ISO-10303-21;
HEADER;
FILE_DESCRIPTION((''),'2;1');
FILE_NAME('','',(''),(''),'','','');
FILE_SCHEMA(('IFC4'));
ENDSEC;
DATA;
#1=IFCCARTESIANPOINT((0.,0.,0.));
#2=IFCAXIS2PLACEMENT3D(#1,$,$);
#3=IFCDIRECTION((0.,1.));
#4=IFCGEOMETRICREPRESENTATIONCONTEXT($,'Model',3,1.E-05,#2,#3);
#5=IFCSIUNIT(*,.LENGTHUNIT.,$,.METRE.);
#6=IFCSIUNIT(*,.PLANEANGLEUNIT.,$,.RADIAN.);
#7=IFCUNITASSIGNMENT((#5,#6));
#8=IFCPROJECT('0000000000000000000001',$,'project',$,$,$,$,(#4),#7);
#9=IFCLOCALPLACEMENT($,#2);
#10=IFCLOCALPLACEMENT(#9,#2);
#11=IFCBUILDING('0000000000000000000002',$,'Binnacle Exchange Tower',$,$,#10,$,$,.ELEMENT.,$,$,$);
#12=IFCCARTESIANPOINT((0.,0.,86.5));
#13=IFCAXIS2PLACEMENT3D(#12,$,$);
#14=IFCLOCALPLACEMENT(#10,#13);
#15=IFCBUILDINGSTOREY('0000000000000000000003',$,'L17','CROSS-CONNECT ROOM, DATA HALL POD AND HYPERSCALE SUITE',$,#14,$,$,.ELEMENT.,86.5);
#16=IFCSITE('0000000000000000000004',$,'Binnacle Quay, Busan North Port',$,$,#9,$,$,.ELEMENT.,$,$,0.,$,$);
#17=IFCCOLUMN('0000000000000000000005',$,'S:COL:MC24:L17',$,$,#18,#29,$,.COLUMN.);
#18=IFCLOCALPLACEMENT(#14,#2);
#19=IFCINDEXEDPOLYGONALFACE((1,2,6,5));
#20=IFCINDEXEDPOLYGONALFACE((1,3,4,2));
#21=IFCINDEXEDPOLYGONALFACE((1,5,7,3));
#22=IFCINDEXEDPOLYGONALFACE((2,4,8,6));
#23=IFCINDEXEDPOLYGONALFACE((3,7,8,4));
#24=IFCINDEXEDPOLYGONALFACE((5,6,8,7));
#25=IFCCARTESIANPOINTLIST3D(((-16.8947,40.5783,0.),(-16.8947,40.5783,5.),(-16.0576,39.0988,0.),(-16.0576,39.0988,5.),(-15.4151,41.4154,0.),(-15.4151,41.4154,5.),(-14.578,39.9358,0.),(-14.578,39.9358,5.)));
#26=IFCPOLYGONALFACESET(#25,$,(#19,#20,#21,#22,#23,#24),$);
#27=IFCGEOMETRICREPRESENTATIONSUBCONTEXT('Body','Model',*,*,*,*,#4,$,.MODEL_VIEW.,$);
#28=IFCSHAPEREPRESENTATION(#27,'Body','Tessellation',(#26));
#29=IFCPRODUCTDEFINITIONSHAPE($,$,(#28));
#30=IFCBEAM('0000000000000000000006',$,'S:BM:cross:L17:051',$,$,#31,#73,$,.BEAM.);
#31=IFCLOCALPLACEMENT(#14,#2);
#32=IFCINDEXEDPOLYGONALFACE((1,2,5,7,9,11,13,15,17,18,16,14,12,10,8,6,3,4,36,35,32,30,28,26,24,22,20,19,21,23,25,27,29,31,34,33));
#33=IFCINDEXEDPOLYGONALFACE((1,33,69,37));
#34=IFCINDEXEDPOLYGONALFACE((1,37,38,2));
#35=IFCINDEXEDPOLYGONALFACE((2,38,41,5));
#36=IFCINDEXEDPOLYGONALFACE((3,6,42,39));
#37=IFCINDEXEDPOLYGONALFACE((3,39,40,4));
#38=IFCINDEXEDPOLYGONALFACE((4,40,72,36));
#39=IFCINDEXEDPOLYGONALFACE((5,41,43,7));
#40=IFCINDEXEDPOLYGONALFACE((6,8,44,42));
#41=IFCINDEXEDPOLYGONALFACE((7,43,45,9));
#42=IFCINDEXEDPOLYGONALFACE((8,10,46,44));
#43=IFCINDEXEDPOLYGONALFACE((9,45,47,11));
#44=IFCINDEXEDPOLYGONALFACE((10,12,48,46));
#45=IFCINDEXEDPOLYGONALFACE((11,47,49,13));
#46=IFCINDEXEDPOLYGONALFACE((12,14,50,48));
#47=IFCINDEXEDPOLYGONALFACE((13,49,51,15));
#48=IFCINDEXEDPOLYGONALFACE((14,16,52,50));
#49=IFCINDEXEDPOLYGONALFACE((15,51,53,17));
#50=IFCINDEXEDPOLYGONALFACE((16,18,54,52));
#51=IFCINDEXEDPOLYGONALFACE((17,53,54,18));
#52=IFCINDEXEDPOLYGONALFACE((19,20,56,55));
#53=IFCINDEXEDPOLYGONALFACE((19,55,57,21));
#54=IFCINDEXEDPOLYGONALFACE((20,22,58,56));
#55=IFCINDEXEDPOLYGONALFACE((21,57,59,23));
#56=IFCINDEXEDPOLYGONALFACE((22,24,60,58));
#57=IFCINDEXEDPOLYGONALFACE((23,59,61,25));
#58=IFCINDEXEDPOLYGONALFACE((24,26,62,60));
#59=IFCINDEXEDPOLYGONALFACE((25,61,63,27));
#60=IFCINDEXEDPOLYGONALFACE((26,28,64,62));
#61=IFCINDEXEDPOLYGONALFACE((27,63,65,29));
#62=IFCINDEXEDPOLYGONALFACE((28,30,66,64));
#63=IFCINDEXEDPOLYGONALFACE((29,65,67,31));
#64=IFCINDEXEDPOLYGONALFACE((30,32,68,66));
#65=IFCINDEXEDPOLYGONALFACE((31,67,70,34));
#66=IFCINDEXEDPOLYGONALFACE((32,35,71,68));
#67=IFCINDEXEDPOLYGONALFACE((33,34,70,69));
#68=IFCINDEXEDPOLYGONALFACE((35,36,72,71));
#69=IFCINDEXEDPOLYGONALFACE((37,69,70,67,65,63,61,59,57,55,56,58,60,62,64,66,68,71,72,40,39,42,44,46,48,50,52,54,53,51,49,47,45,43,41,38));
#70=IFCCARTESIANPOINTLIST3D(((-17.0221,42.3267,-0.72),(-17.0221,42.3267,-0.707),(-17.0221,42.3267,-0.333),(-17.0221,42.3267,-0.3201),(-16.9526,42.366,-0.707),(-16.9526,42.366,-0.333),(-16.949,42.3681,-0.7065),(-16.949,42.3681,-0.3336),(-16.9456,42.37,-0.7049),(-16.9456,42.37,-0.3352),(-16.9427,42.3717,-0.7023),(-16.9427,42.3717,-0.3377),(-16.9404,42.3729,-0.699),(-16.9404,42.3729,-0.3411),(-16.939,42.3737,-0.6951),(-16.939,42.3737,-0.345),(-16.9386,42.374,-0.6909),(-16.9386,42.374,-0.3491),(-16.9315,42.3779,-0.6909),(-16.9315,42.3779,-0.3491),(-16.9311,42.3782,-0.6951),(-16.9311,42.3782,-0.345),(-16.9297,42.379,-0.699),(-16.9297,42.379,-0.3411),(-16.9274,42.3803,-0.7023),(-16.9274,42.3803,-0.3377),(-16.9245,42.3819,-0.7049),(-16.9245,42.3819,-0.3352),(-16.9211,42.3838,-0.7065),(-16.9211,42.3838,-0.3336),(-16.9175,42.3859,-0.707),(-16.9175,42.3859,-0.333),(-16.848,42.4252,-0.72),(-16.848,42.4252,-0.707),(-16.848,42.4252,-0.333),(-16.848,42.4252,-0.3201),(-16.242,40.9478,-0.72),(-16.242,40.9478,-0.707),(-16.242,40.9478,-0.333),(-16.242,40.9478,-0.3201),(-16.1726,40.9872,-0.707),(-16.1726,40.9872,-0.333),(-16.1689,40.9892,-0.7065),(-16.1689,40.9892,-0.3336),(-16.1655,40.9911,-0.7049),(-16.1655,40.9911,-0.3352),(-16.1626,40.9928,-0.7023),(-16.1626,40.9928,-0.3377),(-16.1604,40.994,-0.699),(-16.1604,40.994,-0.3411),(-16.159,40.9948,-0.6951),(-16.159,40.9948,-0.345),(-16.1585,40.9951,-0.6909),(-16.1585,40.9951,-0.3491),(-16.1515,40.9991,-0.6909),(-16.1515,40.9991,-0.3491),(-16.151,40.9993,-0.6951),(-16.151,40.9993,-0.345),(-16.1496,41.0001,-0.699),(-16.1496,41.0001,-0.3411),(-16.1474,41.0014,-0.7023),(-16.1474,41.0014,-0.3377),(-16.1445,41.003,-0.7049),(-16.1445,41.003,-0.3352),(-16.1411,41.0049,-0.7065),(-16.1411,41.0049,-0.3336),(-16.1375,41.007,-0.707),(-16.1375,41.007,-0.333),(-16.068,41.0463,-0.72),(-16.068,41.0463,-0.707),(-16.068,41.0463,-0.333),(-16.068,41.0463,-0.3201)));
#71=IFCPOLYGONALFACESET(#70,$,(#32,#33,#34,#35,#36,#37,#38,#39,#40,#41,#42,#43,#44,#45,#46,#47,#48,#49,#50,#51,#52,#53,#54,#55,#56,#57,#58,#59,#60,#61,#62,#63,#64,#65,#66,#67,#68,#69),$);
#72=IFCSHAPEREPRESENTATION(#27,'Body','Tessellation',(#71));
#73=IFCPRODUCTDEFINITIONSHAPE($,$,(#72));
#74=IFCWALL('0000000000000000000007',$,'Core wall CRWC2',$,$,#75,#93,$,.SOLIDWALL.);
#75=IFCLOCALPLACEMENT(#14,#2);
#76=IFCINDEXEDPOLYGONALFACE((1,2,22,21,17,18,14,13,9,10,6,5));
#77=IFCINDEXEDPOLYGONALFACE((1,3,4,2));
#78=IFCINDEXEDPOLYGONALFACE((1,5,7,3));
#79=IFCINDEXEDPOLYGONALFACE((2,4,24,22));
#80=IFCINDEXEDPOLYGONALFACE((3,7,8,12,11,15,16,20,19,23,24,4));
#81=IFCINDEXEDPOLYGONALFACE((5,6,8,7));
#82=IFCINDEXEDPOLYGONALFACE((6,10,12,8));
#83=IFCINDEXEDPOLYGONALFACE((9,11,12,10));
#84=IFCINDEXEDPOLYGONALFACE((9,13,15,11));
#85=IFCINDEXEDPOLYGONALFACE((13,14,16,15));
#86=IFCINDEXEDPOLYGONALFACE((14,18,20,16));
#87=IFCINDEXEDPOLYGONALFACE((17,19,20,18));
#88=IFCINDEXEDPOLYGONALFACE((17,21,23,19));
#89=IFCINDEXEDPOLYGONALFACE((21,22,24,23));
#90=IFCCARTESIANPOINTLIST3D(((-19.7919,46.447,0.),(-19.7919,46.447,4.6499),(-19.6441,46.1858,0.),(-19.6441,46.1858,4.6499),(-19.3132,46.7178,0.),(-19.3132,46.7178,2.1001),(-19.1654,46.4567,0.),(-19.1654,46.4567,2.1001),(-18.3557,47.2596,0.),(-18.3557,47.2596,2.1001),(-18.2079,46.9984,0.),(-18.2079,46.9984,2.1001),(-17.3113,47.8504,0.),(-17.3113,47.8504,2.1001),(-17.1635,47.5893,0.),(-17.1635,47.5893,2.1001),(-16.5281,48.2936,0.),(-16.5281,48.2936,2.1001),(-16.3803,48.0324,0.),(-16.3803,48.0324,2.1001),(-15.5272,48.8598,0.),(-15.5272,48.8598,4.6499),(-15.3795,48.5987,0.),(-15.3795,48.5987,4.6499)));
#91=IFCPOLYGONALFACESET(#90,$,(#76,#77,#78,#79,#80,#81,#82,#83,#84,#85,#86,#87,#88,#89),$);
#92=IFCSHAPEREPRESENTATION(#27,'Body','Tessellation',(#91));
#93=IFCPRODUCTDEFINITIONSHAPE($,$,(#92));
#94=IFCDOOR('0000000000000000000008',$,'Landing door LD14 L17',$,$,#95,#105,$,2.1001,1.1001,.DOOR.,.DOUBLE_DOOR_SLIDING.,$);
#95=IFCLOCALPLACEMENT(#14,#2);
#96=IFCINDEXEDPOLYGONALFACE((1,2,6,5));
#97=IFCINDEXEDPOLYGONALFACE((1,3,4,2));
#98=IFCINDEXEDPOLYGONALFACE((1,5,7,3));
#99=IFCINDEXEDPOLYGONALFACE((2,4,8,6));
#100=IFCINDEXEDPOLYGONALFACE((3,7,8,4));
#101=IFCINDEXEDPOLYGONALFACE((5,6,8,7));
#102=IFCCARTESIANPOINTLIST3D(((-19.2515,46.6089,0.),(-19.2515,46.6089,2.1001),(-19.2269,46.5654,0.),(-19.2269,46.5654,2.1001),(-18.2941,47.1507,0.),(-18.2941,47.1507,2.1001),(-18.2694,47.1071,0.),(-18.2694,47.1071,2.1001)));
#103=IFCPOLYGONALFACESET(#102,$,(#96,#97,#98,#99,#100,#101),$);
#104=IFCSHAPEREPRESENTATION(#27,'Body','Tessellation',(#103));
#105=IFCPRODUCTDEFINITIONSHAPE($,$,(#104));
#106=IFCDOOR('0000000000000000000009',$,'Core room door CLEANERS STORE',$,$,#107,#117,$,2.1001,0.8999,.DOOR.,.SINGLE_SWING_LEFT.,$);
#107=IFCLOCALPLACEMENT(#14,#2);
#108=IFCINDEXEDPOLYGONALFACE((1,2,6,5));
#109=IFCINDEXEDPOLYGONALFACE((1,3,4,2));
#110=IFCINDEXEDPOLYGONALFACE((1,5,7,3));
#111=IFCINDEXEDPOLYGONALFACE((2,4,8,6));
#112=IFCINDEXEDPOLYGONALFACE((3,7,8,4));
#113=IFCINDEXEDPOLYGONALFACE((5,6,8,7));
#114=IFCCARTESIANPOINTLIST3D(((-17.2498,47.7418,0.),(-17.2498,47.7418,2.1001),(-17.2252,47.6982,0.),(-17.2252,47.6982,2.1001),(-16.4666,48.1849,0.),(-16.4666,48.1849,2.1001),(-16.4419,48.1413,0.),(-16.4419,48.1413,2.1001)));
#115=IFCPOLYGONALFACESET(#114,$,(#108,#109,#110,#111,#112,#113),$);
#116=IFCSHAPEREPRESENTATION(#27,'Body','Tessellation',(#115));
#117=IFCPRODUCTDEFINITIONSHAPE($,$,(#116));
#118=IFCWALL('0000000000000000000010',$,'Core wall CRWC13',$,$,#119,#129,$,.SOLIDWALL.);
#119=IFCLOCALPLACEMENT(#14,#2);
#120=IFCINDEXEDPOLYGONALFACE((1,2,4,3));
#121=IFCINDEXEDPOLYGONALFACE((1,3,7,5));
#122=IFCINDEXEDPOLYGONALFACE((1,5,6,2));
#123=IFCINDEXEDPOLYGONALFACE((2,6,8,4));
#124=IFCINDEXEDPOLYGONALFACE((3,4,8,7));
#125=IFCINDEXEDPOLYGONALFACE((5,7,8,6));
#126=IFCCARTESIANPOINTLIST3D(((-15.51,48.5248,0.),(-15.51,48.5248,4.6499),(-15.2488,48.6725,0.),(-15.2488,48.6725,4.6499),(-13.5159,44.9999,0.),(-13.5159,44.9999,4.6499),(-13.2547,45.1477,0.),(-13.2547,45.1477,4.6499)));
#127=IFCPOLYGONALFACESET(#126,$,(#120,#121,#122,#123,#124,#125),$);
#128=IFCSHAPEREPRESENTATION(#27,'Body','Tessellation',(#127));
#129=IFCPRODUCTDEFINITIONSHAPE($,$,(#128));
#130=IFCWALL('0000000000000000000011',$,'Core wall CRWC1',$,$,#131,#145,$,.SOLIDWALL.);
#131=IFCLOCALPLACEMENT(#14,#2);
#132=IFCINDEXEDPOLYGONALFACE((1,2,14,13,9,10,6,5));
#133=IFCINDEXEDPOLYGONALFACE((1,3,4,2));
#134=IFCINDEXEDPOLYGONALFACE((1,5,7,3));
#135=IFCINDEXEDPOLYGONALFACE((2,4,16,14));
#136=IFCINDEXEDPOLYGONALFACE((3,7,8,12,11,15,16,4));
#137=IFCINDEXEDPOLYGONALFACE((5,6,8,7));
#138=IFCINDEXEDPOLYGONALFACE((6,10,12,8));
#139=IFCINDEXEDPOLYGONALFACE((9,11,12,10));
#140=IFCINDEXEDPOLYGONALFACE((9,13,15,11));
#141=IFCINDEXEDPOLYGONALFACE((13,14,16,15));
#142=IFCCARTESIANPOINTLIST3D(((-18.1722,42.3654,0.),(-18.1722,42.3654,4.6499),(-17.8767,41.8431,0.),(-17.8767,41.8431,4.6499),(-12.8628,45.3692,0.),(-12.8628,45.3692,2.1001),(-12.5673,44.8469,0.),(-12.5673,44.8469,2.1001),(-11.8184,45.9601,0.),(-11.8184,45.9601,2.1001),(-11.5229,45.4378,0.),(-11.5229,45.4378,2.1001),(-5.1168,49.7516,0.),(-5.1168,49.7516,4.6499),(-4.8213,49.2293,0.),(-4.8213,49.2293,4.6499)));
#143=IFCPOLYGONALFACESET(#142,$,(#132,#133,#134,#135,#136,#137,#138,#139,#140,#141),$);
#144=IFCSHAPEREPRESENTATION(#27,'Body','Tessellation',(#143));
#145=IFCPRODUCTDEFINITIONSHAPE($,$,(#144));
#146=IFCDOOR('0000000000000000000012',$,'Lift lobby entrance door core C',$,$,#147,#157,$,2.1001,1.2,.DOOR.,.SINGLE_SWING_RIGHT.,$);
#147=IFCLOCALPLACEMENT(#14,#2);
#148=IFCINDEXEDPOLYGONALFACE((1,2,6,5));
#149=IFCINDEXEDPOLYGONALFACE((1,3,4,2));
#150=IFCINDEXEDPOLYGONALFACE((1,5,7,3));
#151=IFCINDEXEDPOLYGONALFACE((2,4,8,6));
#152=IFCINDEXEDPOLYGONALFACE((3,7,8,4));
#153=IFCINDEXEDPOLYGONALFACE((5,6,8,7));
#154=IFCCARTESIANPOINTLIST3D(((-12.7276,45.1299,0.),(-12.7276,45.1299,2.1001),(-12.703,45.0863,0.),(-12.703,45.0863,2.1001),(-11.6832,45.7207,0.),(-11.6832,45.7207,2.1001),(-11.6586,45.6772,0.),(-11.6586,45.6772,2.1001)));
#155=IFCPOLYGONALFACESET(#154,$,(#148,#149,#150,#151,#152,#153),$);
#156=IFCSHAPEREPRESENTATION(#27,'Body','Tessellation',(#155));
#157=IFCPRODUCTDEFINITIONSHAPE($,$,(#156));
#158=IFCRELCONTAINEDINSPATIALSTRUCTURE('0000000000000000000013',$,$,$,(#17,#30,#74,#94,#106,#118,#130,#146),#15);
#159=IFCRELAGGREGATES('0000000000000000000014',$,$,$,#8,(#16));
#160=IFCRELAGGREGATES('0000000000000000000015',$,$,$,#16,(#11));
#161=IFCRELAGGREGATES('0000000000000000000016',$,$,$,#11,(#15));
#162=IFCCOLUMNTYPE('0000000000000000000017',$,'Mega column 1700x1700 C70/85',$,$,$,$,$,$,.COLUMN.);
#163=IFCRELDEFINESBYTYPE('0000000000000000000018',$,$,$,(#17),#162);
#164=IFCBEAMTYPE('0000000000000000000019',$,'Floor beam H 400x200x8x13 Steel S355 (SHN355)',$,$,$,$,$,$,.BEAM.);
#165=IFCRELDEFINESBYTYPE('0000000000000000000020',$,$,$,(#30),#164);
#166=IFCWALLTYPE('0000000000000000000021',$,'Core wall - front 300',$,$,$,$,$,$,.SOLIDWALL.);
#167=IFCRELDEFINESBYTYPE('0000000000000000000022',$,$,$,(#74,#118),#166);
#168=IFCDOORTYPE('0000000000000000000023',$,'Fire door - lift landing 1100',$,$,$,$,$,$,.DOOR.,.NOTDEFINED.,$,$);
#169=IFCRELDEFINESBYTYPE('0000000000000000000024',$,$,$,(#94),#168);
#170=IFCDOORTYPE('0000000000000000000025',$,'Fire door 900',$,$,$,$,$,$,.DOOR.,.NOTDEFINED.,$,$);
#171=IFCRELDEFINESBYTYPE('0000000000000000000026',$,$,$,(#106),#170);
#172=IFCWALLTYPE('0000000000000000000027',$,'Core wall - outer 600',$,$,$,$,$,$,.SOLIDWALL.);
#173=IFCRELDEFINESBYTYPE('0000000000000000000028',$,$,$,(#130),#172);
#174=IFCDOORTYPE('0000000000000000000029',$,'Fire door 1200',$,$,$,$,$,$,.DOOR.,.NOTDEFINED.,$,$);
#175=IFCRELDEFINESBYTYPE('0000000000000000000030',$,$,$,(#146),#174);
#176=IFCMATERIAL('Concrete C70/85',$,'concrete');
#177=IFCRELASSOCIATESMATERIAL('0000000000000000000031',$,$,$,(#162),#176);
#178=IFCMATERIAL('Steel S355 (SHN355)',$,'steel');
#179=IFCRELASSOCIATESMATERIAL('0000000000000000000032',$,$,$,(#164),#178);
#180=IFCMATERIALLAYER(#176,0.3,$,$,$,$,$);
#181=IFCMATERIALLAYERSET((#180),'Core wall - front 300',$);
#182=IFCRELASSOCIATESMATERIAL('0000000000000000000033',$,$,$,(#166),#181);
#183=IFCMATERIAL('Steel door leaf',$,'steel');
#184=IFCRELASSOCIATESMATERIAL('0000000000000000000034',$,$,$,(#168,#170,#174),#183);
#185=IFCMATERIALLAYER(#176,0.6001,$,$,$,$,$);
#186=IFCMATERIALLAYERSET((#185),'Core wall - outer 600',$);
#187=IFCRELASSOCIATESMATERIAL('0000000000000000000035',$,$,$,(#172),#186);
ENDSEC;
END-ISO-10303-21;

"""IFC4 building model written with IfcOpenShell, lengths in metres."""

from ifc_helpers import new_model, si_unit, direction, frame, frame_2d, origin, origin_2d, place, context, subcontext, project, spatial, rectangle, i_section, extrude, material, layer, layer_set, material_profile, profile_set, type_object, element, fill, save


model = new_model("IFC4")

# Units and contexts
model_context = context("Model", 3, precision=1e-05, world=origin(), true_north=direction((0.0, 1.0)))
body_context = subcontext(model_context, "Body", "Model", "MODEL_VIEW")
ifc_project = project(units=[si_unit("LENGTHUNIT", "METRE"), si_unit("PLANEANGLEUNIT", "RADIAN")], contexts=[model_context])

# Site, building, storey
site_placement = place(None, origin())
site = spatial("IfcSite", under=ifc_project, at=site_placement, Name="Binnacle Quay, Busan North Port", CompositionType="ELEMENT", RefElevation=0.0)
building_placement = place(site_placement, origin())
building = spatial("IfcBuilding", under=site, at=building_placement, Name="Binnacle Exchange Tower", CompositionType="ELEMENT")
storey_placement = place(building_placement, frame((0.0, 0.0, 86.5)))
storey = spatial("IfcBuildingStorey", under=building, at=storey_placement, Name="L17", Description="CROSS-CONNECT ROOM, DATA HALL POD AND HYPERSCALE SUITE", CompositionType="ELEMENT", Elevation=86.5)

# Column
ifc_material_1 = material(Name="Concrete C70/85", Category="concrete")
ifc_material_profile_1 = material_profile(ifc_material_1, rectangle(XDim=1.7, YDim=1.7, at=origin_2d()), Name="Mega column 1700x1700 C70/85")
ifc_profile_set_1 = profile_set([ifc_material_profile_1], Name="Concrete C70/85")
column_type = type_object("IfcColumnType", Name="Mega column 1700x1700 C70/85", PredefinedType="COLUMN", material=ifc_profile_set_1)
column_placement = place(storey_placement, frame((-15.7363, 40.2571, 0.0), z_axis=(0.0, 0.0, 1.0), x_axis=(0.870356, 0.492424, 0.0)))
element("IfcColumn", 1, at=column_placement, inside=storey, type_object=column_type, Name="S:COL:MC24:L17", PredefinedType="COLUMN", context=body_context, shape_type="SweptSolid", body=[
    extrude(rectangle(XDim=1.7, YDim=1.7, at=origin_2d()), origin(), (0.0, 0.0, 1.0), 5.0),
])

# Beam
ifc_material_2 = material(Name="Steel S355 (SHN355)", Category="steel")
ifc_material_profile_2 = material_profile(ifc_material_2, i_section(OverallWidth=0.2, OverallDepth=0.3999, WebThickness=0.0081, FlangeThickness=0.0129, FilletRadius=0.0161, at=origin_2d()), Name="H 400x200x8x13")
ifc_profile_set_2 = profile_set([ifc_material_profile_2], Name="Steel S355 (SHN355)")
beam_type = type_object("IfcBeamType", Name="Floor beam H 400x200x8x13 Steel S355 (SHN355)", PredefinedType="BEAM", material=ifc_profile_set_2)
beam_placement = place(storey_placement, frame((-16.155, 40.9971, -0.52), z_axis=(-0.492367, 0.870388, 0.0), x_axis=(-0.870388, -0.492367, 0.0)))
element("IfcBeam", 2, at=beam_placement, inside=storey, type_object=beam_type, Name="S:BM:cross:L17:051", PredefinedType="BEAM", context=body_context, shape_type="SweptSolid", body=[
    extrude(i_section(OverallWidth=0.2, OverallDepth=0.3999, WebThickness=0.0081, FlangeThickness=0.0129, FilletRadius=0.0161, at=origin_2d()), origin(), (0.0, 0.0, 1.0), 1.5842),
])

# Wall, openings, doors
ifc_layer_1 = layer(ifc_material_1, 0.3)
ifc_layer_set_1 = layer_set([ifc_layer_1], Name="Core wall - front 300")
wall_type_1 = type_object("IfcWallType", Name="Core wall - front 300", PredefinedType="SOLIDWALL", material=ifc_layer_set_1)
wall_1_placement = place(storey_placement, frame((-19.718, 46.3164, 0.0), z_axis=(0.0, 0.0, 1.0), x_axis=(0.870354, 0.492427, 0.0)))
wall_1 = element("IfcWall", 3, at=wall_1_placement, inside=storey, type_object=wall_type_1, Name="Core wall CRWC2", PredefinedType="SOLIDWALL", context=body_context, shape_type="SweptSolid", body=[
    extrude(rectangle(XDim=4.8999, YDim=0.3, at=frame_2d((2.45, 0.0))), origin(), (0.0, 0.0, 1.0), 4.6499),
])
opening_1_placement = place(wall_1_placement, frame((0.55, 0.0, 0.0)))
opening_1 = element("IfcOpeningElement", 4, at=opening_1_placement, cuts=wall_1, PredefinedType="OPENING", context=body_context, shape_type="SweptSolid", body=[
    extrude(rectangle(XDim=1.1001, YDim=2.1001, at=frame_2d((0.55, 1.05))), frame((0.0, 0.1599, 0.0), z_axis=(0.0, -1.0, 0.0), x_axis=(1.0, 0.0, 0.0)), (0.0, 0.0, 1.0), 0.3201),
])
opening_2_placement = place(wall_1_placement, frame((2.8501, 0.0, 0.0)))
opening_2 = element("IfcOpeningElement", 5, at=opening_2_placement, cuts=wall_1, PredefinedType="OPENING", context=body_context, shape_type="SweptSolid", body=[
    extrude(rectangle(XDim=0.8999, YDim=2.1001, at=frame_2d((0.45, 1.05))), frame((0.0, 0.1599, 0.0), z_axis=(0.0, -1.0, 0.0), x_axis=(1.0, 0.0, 0.0)), (0.0, 0.0, 1.0), 0.3201),
])
ifc_material_3 = material(Name="Steel door leaf", Category="steel")
door_type_1 = type_object("IfcDoorType", Name="Fire door - lift landing 1100", OperationType="NOTDEFINED", PredefinedType="DOOR", material=ifc_material_3)
door_1_placement = place(opening_1_placement, origin())
door_1 = element("IfcDoor", 6, at=door_1_placement, inside=storey, type_object=door_type_1, Name="Landing door LD14 L17", OperationType="DOUBLE_DOOR_SLIDING", OverallHeight=2.1001, OverallWidth=1.1001, PredefinedType="DOOR", context=body_context, shape_type="SweptSolid", body=[
    extrude(rectangle(XDim=1.1001, YDim=2.1001, at=frame_2d((0.55, 1.05))), frame((0.0, 0.0249, 0.0), z_axis=(0.0, -1.0, 0.0), x_axis=(1.0, 0.0, 0.0)), (0.0, 0.0, 1.0), 0.05),
])
fill(opening_1, door_1)
door_type_2 = type_object("IfcDoorType", Name="Fire door 900", OperationType="NOTDEFINED", PredefinedType="DOOR", material=ifc_material_3)
door_2_placement = place(opening_2_placement, frame((0.8999, 0.0, 0.0), z_axis=(0.0, 0.0, 1.0), x_axis=(-1.0, 0.0, 0.0)))
door_2 = element("IfcDoor", 7, at=door_2_placement, inside=storey, type_object=door_type_2, Name="Core room door CLEANERS STORE", OperationType="SINGLE_SWING_LEFT", OverallHeight=2.1001, OverallWidth=0.8999, PredefinedType="DOOR", context=body_context, shape_type="SweptSolid", body=[
    extrude(rectangle(XDim=0.8999, YDim=2.1001, at=frame_2d((0.45, 1.05))), frame((0.0, 0.0249, 0.0), z_axis=(0.0, -1.0, 0.0), x_axis=(1.0, 0.0, 0.0)), (0.0, 0.0, 1.0), 0.05),
])
fill(opening_2, door_2)

# Wall
wall_2_placement = place(storey_placement, frame((-15.3794, 48.5986, 0.0), z_axis=(0.0, 0.0, 1.0), x_axis=(0.492395, -0.870372, 0.0)))
element("IfcWall", 8, at=wall_2_placement, inside=storey, type_object=wall_type_1, Name="Core wall CRWC13", PredefinedType="SOLIDWALL", context=body_context, shape_type="SweptSolid", body=[
    extrude(rectangle(XDim=4.0498, YDim=0.3, at=frame_2d((2.0249, 0.0))), origin(), (0.0, 0.0, 1.0), 4.6499),
])

# Wall, opening, door
ifc_layer_2 = layer(ifc_material_1, 0.6001)
ifc_layer_set_2 = layer_set([ifc_layer_2], Name="Core wall - outer 600")
wall_type_2 = type_object("IfcWallType", Name="Core wall - outer 600", PredefinedType="SOLIDWALL", material=ifc_layer_set_2)
wall_3_placement = place(storey_placement, frame((-18.0244, 42.1042, 0.0), z_axis=(0.0, 0.0, 1.0), x_axis=(0.870361, 0.492415, 0.0)))
wall_3 = element("IfcWall", 9, at=wall_3_placement, inside=storey, type_object=wall_type_2, Name="Core wall CRWC1", PredefinedType="SOLIDWALL", context=body_context, shape_type="SweptSolid", body=[
    extrude(rectangle(XDim=15.0, YDim=0.6001, at=frame_2d((7.5, 0.0))), origin(), (0.0, 0.0, 1.0), 4.6499),
])
opening_3_placement = place(wall_3_placement, frame((6.1001, 0.0, 0.0)))
opening_3 = element("IfcOpeningElement", 10, at=opening_3_placement, cuts=wall_3, PredefinedType="OPENING", context=body_context, shape_type="SweptSolid", body=[
    extrude(rectangle(XDim=1.2, YDim=2.1001, at=frame_2d((0.6001, 1.05))), frame((0.0, 0.3101, 0.0), z_axis=(0.0, -1.0, 0.0), x_axis=(1.0, 0.0, 0.0)), (0.0, 0.0, 1.0), 0.6201),
])
door_type_3 = type_object("IfcDoorType", Name="Fire door 1200", OperationType="NOTDEFINED", PredefinedType="DOOR", material=ifc_material_3)
door_3_placement = place(opening_3_placement, frame((1.2, 0.0, 0.0), z_axis=(0.0, 0.0, 1.0), x_axis=(-1.0, 0.0, 0.0)))
door_3 = element("IfcDoor", 11, at=door_3_placement, inside=storey, type_object=door_type_3, Name="Lift lobby entrance door core C", OperationType="SINGLE_SWING_RIGHT", OverallHeight=2.1001, OverallWidth=1.2, PredefinedType="DOOR", context=body_context, shape_type="SweptSolid", body=[
    extrude(rectangle(XDim=1.2, YDim=2.1001, at=frame_2d((0.6001, 1.05))), frame((0.0, 0.0249, 0.0), z_axis=(0.0, -1.0, 0.0), x_axis=(1.0, 0.0, 0.0)), (0.0, 0.0, 1.0), 0.05),
])
fill(opening_3, door_3)

save(model, "model.ifc")
